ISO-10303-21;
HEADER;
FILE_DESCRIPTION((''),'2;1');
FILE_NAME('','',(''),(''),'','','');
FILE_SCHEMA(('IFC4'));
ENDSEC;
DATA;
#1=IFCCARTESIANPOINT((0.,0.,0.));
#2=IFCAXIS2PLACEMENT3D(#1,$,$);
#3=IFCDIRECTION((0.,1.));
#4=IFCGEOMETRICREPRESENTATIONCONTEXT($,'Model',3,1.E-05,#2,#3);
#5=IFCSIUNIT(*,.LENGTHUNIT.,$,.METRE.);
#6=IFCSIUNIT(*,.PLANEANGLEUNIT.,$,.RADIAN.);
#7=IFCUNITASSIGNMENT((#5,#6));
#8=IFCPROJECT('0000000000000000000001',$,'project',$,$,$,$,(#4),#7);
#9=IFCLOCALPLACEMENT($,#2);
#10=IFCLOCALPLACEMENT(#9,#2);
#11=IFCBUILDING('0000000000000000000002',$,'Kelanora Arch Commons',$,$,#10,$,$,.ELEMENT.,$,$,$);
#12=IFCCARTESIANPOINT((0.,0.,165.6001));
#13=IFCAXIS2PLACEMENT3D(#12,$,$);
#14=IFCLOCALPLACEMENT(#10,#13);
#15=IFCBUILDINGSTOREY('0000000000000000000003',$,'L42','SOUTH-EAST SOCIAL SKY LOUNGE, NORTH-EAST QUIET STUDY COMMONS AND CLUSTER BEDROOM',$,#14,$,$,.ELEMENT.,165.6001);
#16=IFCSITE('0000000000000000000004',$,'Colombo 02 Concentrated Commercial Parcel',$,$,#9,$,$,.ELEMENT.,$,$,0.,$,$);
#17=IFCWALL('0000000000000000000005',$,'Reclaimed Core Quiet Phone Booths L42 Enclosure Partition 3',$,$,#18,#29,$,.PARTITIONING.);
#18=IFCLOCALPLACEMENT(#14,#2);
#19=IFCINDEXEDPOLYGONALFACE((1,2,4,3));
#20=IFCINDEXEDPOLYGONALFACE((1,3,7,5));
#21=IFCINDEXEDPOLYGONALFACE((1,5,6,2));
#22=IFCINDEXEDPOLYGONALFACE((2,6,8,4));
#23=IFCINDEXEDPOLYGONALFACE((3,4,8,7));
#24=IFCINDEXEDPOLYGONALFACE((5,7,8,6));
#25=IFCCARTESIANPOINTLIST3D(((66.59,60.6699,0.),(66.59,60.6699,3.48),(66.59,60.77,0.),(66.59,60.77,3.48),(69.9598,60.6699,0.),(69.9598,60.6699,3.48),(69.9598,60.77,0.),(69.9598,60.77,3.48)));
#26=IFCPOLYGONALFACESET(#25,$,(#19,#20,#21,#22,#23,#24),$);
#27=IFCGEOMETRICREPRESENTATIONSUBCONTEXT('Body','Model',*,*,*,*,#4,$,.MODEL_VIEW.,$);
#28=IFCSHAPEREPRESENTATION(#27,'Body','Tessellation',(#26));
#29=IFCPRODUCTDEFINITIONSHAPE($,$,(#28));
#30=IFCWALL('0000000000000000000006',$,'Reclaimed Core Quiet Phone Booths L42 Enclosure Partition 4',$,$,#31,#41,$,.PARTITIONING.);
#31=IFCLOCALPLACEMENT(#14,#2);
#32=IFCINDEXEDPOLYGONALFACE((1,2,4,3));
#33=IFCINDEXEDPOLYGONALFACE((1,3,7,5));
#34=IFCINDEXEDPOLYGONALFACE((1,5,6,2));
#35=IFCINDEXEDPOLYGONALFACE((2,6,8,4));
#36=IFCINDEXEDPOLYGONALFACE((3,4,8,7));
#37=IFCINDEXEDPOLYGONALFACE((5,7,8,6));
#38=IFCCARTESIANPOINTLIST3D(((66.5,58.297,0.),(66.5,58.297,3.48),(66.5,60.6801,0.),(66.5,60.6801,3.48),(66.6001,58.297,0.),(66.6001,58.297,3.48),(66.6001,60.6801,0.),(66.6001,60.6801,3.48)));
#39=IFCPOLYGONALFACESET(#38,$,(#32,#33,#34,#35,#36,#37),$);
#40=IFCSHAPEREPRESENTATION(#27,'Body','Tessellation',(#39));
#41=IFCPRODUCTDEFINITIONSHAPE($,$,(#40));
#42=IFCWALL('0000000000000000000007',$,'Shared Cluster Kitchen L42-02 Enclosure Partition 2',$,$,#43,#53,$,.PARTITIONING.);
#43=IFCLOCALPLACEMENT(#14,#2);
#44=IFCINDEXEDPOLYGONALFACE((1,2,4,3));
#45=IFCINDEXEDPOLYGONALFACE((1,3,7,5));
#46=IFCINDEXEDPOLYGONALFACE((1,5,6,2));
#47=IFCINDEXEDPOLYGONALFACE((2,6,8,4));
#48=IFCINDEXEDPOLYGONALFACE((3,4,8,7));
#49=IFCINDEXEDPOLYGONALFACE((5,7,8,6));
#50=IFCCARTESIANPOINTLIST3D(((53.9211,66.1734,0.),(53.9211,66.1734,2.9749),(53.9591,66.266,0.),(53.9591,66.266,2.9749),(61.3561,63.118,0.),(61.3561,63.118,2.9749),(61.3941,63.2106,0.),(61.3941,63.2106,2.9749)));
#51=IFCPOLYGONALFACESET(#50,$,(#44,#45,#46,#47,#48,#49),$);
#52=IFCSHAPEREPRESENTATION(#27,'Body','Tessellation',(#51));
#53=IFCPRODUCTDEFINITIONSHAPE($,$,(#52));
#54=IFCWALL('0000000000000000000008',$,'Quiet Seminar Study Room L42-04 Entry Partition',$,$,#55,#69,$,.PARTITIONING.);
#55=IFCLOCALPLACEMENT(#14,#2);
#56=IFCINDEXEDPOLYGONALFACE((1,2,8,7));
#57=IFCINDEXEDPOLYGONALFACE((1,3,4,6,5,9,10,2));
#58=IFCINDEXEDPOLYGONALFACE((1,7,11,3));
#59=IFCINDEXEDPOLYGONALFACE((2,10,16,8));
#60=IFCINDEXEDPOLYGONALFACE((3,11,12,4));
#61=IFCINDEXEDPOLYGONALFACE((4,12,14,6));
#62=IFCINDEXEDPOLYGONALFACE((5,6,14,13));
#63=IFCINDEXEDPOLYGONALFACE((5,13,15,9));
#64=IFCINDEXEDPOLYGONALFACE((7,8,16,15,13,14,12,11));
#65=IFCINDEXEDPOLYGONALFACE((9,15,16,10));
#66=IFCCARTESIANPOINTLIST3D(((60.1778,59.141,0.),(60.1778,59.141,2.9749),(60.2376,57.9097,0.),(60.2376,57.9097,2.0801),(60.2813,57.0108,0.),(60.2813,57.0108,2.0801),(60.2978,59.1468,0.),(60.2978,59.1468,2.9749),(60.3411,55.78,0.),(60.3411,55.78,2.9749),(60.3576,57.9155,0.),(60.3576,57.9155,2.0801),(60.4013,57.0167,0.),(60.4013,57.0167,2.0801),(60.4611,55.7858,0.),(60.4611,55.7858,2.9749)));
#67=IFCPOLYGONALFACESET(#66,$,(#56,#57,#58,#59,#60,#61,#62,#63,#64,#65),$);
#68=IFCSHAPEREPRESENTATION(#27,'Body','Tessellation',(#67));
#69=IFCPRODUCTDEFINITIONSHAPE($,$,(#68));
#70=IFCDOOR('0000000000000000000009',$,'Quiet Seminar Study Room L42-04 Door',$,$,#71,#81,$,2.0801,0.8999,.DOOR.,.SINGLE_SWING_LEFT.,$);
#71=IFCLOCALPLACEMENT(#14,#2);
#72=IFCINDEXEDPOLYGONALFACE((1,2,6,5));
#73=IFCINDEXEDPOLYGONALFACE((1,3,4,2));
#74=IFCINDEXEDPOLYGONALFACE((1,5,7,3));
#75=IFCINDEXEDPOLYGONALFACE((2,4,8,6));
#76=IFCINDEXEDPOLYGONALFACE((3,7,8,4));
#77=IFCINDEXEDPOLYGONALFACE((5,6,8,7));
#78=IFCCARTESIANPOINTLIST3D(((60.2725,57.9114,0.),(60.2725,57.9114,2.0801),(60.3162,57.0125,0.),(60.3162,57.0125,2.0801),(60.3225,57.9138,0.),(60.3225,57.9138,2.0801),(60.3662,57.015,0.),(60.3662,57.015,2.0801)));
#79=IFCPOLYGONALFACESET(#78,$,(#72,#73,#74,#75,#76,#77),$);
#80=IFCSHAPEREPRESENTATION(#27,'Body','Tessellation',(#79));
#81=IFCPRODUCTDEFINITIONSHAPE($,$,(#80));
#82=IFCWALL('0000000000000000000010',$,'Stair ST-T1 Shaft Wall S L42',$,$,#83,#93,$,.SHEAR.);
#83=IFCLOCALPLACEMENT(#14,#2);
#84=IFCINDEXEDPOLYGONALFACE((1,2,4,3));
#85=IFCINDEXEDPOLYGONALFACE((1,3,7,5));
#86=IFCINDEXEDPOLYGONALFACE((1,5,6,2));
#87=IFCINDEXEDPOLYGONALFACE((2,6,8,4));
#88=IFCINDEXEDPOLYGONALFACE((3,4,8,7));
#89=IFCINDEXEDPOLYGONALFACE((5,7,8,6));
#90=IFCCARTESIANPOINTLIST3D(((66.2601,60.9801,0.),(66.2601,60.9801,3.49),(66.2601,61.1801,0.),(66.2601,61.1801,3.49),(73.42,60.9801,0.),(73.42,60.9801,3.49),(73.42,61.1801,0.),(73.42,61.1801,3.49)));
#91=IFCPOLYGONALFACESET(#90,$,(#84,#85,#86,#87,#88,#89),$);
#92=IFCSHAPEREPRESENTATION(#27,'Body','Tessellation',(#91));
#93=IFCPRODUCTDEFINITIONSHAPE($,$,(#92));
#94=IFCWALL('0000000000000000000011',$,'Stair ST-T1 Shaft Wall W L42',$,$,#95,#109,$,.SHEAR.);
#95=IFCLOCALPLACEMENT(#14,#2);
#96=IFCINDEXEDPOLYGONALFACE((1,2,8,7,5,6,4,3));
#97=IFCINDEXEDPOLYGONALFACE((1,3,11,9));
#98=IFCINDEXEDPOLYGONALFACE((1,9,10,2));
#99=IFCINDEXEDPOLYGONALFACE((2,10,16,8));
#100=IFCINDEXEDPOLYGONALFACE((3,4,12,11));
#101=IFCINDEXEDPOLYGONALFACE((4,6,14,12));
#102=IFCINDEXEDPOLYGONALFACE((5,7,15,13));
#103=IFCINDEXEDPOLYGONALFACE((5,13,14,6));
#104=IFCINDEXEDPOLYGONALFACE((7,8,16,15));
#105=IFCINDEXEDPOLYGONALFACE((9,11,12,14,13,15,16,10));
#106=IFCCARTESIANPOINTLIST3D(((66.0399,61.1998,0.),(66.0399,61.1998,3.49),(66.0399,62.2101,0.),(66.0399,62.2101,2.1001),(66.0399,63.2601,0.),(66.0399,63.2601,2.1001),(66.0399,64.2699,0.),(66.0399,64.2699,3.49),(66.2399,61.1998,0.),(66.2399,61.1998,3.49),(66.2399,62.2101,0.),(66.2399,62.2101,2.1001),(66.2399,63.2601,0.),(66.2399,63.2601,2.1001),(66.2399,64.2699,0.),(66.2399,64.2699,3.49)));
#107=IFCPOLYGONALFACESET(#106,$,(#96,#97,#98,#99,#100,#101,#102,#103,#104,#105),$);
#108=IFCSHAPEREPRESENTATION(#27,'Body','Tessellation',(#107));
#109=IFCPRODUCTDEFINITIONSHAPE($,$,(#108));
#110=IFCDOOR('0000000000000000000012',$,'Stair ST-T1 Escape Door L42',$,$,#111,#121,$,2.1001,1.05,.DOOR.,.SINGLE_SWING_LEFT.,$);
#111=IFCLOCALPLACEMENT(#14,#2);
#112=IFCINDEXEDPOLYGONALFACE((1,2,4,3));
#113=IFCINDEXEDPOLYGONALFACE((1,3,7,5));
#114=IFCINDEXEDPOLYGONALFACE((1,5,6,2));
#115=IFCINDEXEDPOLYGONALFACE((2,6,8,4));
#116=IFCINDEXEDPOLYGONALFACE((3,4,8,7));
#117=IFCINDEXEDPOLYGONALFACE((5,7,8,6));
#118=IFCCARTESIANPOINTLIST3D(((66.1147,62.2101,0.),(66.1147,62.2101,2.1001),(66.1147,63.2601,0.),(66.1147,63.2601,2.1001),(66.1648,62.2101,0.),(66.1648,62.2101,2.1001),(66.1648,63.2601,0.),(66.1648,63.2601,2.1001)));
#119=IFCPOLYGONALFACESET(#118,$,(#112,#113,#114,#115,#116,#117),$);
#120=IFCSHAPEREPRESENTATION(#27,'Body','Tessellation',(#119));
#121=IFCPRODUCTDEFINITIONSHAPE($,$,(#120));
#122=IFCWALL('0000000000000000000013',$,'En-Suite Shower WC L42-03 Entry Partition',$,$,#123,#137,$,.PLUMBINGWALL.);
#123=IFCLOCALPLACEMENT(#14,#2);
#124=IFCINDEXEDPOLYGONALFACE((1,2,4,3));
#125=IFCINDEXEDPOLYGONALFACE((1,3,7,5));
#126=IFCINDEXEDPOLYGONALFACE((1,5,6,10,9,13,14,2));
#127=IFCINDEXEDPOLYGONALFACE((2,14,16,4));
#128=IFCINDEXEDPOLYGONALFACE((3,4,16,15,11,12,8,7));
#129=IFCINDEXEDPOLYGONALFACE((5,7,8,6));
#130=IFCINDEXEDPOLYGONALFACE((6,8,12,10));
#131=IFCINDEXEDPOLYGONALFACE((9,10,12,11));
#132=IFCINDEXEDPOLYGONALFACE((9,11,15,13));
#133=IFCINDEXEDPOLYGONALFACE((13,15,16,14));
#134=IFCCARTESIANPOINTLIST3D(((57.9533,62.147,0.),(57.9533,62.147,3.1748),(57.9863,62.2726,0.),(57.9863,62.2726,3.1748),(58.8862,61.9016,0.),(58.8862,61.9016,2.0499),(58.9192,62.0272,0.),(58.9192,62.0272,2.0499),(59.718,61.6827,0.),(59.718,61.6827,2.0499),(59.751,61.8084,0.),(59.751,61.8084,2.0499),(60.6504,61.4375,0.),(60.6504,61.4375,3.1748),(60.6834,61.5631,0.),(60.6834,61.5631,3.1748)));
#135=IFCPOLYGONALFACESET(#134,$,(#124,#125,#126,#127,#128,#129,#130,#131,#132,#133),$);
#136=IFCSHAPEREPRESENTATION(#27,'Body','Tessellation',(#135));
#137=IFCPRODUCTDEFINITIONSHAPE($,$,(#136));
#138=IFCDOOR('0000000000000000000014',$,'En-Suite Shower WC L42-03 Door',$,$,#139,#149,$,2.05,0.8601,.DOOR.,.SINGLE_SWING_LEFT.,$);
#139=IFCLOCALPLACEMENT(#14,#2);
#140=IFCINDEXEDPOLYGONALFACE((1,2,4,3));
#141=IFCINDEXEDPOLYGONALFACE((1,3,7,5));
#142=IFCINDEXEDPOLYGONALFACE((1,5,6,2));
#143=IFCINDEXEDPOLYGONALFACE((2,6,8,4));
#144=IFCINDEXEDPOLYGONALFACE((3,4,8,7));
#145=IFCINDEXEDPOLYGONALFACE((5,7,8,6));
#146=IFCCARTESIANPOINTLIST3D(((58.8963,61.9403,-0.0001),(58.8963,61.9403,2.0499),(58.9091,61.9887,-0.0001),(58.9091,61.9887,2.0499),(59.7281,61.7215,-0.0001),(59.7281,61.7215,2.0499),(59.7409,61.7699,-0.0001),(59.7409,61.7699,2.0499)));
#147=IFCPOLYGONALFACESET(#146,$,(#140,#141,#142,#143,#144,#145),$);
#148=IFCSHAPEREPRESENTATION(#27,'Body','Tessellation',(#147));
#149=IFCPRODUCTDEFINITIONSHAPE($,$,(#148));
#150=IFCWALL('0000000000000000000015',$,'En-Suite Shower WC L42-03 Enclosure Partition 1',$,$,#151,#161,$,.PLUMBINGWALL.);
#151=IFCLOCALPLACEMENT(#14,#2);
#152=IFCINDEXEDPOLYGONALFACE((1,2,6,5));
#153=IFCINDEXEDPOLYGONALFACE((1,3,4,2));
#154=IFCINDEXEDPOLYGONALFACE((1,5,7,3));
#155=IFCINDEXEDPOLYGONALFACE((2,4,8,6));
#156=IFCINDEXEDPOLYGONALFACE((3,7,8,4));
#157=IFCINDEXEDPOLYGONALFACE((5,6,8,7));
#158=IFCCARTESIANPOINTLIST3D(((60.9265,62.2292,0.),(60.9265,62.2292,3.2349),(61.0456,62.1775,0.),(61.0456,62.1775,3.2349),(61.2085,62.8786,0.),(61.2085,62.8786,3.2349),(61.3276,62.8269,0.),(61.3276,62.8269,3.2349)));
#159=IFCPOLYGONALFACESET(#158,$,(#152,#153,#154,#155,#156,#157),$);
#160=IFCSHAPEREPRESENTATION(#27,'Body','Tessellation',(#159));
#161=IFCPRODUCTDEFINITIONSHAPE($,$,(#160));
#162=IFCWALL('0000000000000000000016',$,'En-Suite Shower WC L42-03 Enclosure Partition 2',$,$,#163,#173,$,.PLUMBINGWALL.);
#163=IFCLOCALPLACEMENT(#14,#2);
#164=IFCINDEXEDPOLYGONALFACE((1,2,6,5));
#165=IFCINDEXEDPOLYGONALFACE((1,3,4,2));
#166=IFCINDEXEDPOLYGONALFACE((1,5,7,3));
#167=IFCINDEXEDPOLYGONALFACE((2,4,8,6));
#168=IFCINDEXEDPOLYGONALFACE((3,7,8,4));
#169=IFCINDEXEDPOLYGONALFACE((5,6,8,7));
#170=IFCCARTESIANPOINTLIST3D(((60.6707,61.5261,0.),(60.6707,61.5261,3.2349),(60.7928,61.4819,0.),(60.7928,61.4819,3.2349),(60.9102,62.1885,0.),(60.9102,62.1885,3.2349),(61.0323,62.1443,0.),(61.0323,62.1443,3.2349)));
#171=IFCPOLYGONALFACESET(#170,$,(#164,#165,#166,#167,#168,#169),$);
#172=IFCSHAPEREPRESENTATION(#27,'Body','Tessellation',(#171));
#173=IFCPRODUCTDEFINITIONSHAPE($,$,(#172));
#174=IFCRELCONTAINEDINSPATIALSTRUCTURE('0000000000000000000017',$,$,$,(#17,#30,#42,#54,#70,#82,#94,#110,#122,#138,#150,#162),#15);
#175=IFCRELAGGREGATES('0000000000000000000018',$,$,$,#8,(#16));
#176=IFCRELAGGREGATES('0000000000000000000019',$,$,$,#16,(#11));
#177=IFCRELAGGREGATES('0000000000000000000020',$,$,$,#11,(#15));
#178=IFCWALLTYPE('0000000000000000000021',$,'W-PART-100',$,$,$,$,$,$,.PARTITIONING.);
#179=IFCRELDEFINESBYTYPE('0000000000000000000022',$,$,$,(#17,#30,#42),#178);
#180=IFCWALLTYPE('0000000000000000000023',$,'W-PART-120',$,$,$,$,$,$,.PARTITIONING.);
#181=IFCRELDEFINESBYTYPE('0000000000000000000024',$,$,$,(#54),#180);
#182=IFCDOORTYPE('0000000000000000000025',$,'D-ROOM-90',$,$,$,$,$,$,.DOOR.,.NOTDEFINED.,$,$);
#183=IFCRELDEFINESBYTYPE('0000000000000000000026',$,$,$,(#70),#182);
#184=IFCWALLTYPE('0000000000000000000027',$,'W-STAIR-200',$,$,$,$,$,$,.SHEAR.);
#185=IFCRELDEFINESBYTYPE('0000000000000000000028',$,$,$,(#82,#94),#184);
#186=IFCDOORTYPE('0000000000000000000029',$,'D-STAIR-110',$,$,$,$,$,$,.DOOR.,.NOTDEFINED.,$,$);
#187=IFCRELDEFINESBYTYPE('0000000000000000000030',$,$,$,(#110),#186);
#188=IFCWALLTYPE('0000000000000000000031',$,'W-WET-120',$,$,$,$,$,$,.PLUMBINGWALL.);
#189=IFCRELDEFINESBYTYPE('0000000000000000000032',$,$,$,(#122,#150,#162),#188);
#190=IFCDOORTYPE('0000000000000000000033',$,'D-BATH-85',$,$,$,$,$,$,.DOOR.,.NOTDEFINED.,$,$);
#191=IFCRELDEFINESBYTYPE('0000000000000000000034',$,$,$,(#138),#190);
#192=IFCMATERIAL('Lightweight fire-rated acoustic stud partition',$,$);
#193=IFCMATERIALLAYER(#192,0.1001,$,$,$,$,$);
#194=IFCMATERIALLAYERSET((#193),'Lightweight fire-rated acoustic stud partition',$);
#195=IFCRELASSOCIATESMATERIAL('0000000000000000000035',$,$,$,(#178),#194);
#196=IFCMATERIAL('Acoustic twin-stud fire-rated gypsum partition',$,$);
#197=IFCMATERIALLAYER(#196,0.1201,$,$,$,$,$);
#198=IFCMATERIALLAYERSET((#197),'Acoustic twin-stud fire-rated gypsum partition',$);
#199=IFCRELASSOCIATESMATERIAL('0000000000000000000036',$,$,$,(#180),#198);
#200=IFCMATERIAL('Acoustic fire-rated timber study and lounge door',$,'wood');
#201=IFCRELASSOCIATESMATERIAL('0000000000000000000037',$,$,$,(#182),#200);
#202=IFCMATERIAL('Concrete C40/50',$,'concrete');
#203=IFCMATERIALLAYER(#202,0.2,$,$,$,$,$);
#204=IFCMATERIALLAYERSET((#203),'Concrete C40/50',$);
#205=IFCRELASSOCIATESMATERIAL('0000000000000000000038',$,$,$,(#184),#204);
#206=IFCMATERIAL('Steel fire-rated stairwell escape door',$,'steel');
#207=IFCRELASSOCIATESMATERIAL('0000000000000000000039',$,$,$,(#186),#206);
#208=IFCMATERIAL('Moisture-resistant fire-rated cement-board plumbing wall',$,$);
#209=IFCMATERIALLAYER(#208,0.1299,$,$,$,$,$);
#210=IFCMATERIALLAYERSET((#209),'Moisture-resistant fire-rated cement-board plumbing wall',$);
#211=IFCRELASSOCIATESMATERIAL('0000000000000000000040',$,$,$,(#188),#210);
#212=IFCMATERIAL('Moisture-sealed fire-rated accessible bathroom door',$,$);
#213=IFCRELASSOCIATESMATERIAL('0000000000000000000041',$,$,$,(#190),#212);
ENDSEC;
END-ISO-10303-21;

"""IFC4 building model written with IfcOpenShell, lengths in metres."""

from ifc_helpers import new_model, si_unit, direction, frame, frame_2d, origin, place, context, subcontext, project, spatial, rectangle, extrude, material, layer, layer_set, type_object, element, fill, save


model = new_model("IFC4")

# Units and contexts
model_context = context("Model", 3, precision=1e-05, world=origin(), true_north=direction((0.0, 1.0)))
body_context = subcontext(model_context, "Body", "Model", "MODEL_VIEW")
ifc_project = project(units=[si_unit("LENGTHUNIT", "METRE"), si_unit("PLANEANGLEUNIT", "RADIAN")], contexts=[model_context])

# Site, building, storey
site_placement = place(None, origin())
site = spatial("IfcSite", under=ifc_project, at=site_placement, Name="Colombo 02 Concentrated Commercial Parcel", CompositionType="ELEMENT", RefElevation=0.0)
building_placement = place(site_placement, origin())
building = spatial("IfcBuilding", under=site, at=building_placement, Name="Kelanora Arch Commons", CompositionType="ELEMENT")
storey_placement = place(building_placement, frame((0.0, 0.0, 165.6001)))
storey = spatial("IfcBuildingStorey", under=building, at=storey_placement, Name="L42", Description="SOUTH-EAST SOCIAL SKY LOUNGE, NORTH-EAST QUIET STUDY COMMONS AND CLUSTER BEDROOM", CompositionType="ELEMENT", Elevation=165.6001)

# Walls
ifc_material_1 = material(Name="Lightweight fire-rated acoustic stud partition")
ifc_layer_1 = layer(ifc_material_1, 0.1001)
ifc_layer_set_1 = layer_set([ifc_layer_1], Name="Lightweight fire-rated acoustic stud partition")
wall_type_1 = type_object("IfcWallType", Name="W-PART-100", PredefinedType="PARTITIONING", material=ifc_layer_set_1)
wall_1_placement = place(storey_placement, frame((69.96, 60.72, 0.0), z_axis=(0.0, 0.0, 1.0), x_axis=(-1.0, 0.0, 0.0)))
element("IfcWall", 1, at=wall_1_placement, inside=storey, type_object=wall_type_1, Name="Reclaimed Core Quiet Phone Booths L42 Enclosure Partition 3", PredefinedType="PARTITIONING", context=body_context, shape_type="SweptSolid", body=[
    extrude(rectangle(XDim=3.3699, YDim=0.1001, at=frame_2d((1.6851, 0.0))), origin(), (0.0, 0.0, 1.0), 3.48),
])
wall_2_placement = place(storey_placement, frame((66.55, 60.6799, 0.0), z_axis=(0.0, 0.0, 1.0), x_axis=(0.0, -1.0, 0.0)))
element("IfcWall", 2, at=wall_2_placement, inside=storey, type_object=wall_type_1, Name="Reclaimed Core Quiet Phone Booths L42 Enclosure Partition 4", PredefinedType="PARTITIONING", context=body_context, shape_type="SweptSolid", body=[
    extrude(rectangle(XDim=2.3831, YDim=0.1001, at=frame_2d((1.1914, 0.0))), origin(), (0.0, 0.0, 1.0), 3.48),
])
wall_3_placement = place(storey_placement, frame((61.375, 63.1643, 0.0), z_axis=(0.0, 0.0, 1.0), x_axis=(-0.924944, 0.380104, 0.0)))
element("IfcWall", 3, at=wall_3_placement, inside=storey, type_object=wall_type_1, Name="Shared Cluster Kitchen L42-02 Enclosure Partition 2", PredefinedType="PARTITIONING", context=body_context, shape_type="SweptSolid", body=[
    extrude(rectangle(XDim=8.0383, YDim=0.1001, at=frame_2d((4.019, 0.0))), origin(), (0.0, 0.0, 1.0), 2.9749),
])

# Wall, opening, door
ifc_material_2 = material(Name="Acoustic twin-stud fire-rated gypsum partition")
ifc_layer_2 = layer(ifc_material_2, 0.1201)
ifc_layer_set_2 = layer_set([ifc_layer_2], Name="Acoustic twin-stud fire-rated gypsum partition")
wall_type_2 = type_object("IfcWallType", Name="W-PART-120", PredefinedType="PARTITIONING", material=ifc_layer_set_2)
wall_4_placement = place(storey_placement, frame((60.2378, 59.144, 0.0), z_axis=(0.0, 0.0, 1.0), x_axis=(0.048537, -0.998821, 0.0)))
wall_4 = element("IfcWall", 4, at=wall_4_placement, inside=storey, type_object=wall_type_2, Name="Quiet Seminar Study Room L42-04 Entry Partition", PredefinedType="PARTITIONING", context=body_context, shape_type="SweptSolid", body=[
    extrude(rectangle(XDim=3.365, YDim=0.1201, at=frame_2d((1.6826, 0.0))), origin(), (0.0, 0.0, 1.0), 2.9749),
])
opening_1_placement = place(wall_4_placement, frame((1.2329, 0.0, 0.0)))
opening_1 = element("IfcOpeningElement", 5, at=opening_1_placement, cuts=wall_4, PredefinedType="OPENING", context=body_context, shape_type="SweptSolid", body=[
    extrude(rectangle(XDim=0.8999, YDim=2.0801, at=frame_2d((0.45, 1.04))), frame((0.0, 0.0701, 0.0), z_axis=(0.0, -1.0, 0.0), x_axis=(1.0, 0.0, 0.0)), (0.0, 0.0, 1.0), 0.1401),
])
ifc_material_3 = material(Name="Acoustic fire-rated timber study and lounge door", Category="wood")
door_type_1 = type_object("IfcDoorType", Name="D-ROOM-90", OperationType="NOTDEFINED", PredefinedType="DOOR", material=ifc_material_3)
door_1_placement = place(opening_1_placement, origin())
door_1 = element("IfcDoor", 6, at=door_1_placement, inside=storey, type_object=door_type_1, Name="Quiet Seminar Study Room L42-04 Door", OperationType="SINGLE_SWING_LEFT", OverallHeight=2.0801, OverallWidth=0.8999, PredefinedType="DOOR", context=body_context, shape_type="SweptSolid", body=[
    extrude(rectangle(XDim=0.8999, YDim=2.0801, at=frame_2d((0.45, 1.04))), frame((0.0, 0.0249, 0.0), z_axis=(0.0, -1.0, 0.0), x_axis=(1.0, 0.0, 0.0)), (0.0, 0.0, 1.0), 0.05),
])
fill(opening_1, door_1)

# Wall
ifc_material_4 = material(Name="Concrete C40/50", Category="concrete")
ifc_layer_3 = layer(ifc_material_4, 0.2)
ifc_layer_set_3 = layer_set([ifc_layer_3], Name="Concrete C40/50")
wall_type_3 = type_object("IfcWallType", Name="W-STAIR-200", PredefinedType="SHEAR", material=ifc_layer_set_3)
wall_5_placement = place(storey_placement, frame((66.26, 61.0801, 0.0), z_axis=(0.0, 0.0, 1.0), x_axis=(1.0, 0.0, 0.0)))
element("IfcWall", 7, at=wall_5_placement, inside=storey, type_object=wall_type_3, Name="Stair ST-T1 Shaft Wall S L42", PredefinedType="SHEAR", context=body_context, shape_type="SweptSolid", body=[
    extrude(rectangle(XDim=7.1599, YDim=0.2, at=frame_2d((3.5801, 0.0))), origin(), (0.0, 0.0, 1.0), 3.49),
])

# Walls, openings, doors
wall_6_placement = place(storey_placement, frame((66.1399, 64.27, 0.0), z_axis=(0.0, 0.0, 1.0), x_axis=(0.0, -1.0, 0.0)))
wall_6 = element("IfcWall", 8, at=wall_6_placement, inside=storey, type_object=wall_type_3, Name="Stair ST-T1 Shaft Wall W L42", PredefinedType="SHEAR", context=body_context, shape_type="SweptSolid", body=[
    extrude(rectangle(XDim=3.0701, YDim=0.2, at=frame_2d((1.5352, 0.0))), origin(), (0.0, 0.0, 1.0), 3.49),
])
opening_2_placement = place(wall_6_placement, frame((1.01, 0.0, 0.0)))
opening_2 = element("IfcOpeningElement", 9, at=opening_2_placement, cuts=wall_6, PredefinedType="OPENING", context=body_context, shape_type="SweptSolid", body=[
    extrude(rectangle(XDim=1.05, YDim=2.1001, at=frame_2d((0.5249, 1.05))), frame((0.0, 0.1099, 0.0), z_axis=(0.0, -1.0, 0.0), x_axis=(1.0, 0.0, 0.0)), (0.0, 0.0, 1.0), 0.22),
])
ifc_material_5 = material(Name="Steel fire-rated stairwell escape door", Category="steel")
door_type_2 = type_object("IfcDoorType", Name="D-STAIR-110", OperationType="NOTDEFINED", PredefinedType="DOOR", material=ifc_material_5)
door_2_placement = place(opening_2_placement, origin())
door_2 = element("IfcDoor", 10, at=door_2_placement, inside=storey, type_object=door_type_2, Name="Stair ST-T1 Escape Door L42", OperationType="SINGLE_SWING_LEFT", OverallHeight=2.1001, OverallWidth=1.05, PredefinedType="DOOR", context=body_context, shape_type="SweptSolid", body=[
    extrude(rectangle(XDim=1.05, YDim=2.1001, at=frame_2d((0.5249, 1.05))), frame((0.0, 0.0249, 0.0), z_axis=(0.0, -1.0, 0.0), x_axis=(1.0, 0.0, 0.0)), (0.0, 0.0, 1.0), 0.05),
])
fill(opening_2, door_2)
ifc_material_6 = material(Name="Moisture-resistant fire-rated cement-board plumbing wall")
ifc_layer_4 = layer(ifc_material_6, 0.1299)
ifc_layer_set_4 = layer_set([ifc_layer_4], Name="Moisture-resistant fire-rated cement-board plumbing wall")
wall_type_4 = type_object("IfcWallType", Name="W-WET-120", PredefinedType="PLUMBINGWALL", material=ifc_layer_set_4)
wall_7_placement = place(storey_placement, frame((60.667, 61.5002, 0.0), z_axis=(0.0, 0.0, 1.0), x_axis=(-0.967098, 0.254403, 0.0)))
wall_7 = element("IfcWall", 11, at=wall_7_placement, inside=storey, type_object=wall_type_4, Name="En-Suite Shower WC L42-03 Entry Partition", PredefinedType="PLUMBINGWALL", context=body_context, shape_type="SweptSolid", body=[
    extrude(rectangle(XDim=2.7888, YDim=0.1299, at=frame_2d((1.3945, 0.0))), origin(), (0.0, 0.0, 1.0), 3.1748),
])
opening_3_placement = place(wall_7_placement, frame((0.9641, 0.0, 0.0)))
opening_3 = element("IfcOpeningElement", 12, at=opening_3_placement, cuts=wall_7, PredefinedType="OPENING", context=body_context, shape_type="SweptSolid", body=[
    extrude(rectangle(XDim=0.8601, YDim=2.05, at=frame_2d((0.4302, 1.0249))), frame((0.0, 0.075, 0.0), z_axis=(0.0, -1.0, 0.0), x_axis=(1.0, 0.0, 0.0)), (0.0, 0.0, 1.0), 0.1499),
])
ifc_material_7 = material(Name="Moisture-sealed fire-rated accessible bathroom door")
door_type_3 = type_object("IfcDoorType", Name="D-BATH-85", OperationType="NOTDEFINED", PredefinedType="DOOR", material=ifc_material_7)
door_3_placement = place(opening_3_placement, origin())
door_3 = element("IfcDoor", 13, at=door_3_placement, inside=storey, type_object=door_type_3, Name="En-Suite Shower WC L42-03 Door", OperationType="SINGLE_SWING_LEFT", OverallHeight=2.05, OverallWidth=0.8601, PredefinedType="DOOR", context=body_context, shape_type="SweptSolid", body=[
    extrude(rectangle(XDim=0.8601, YDim=2.05, at=frame_2d((0.4302, 1.0249))), frame((0.0, 0.0249, 0.0), z_axis=(0.0, -1.0, 0.0), x_axis=(1.0, 0.0, 0.0)), (0.0, 0.0, 1.0), 0.05),
])
fill(opening_3, door_3)

# Walls
wall_8_placement = place(storey_placement, frame((61.2681, 62.8528, 0.0), z_axis=(0.0, 0.0, 1.0), x_axis=(-0.398285, -0.917262, 0.0)))
element("IfcWall", 14, at=wall_8_placement, inside=storey, type_object=wall_type_4, Name="En-Suite Shower WC L42-03 Enclosure Partition 1", PredefinedType="PLUMBINGWALL", context=body_context, shape_type="SweptSolid", body=[
    extrude(rectangle(XDim=0.708, YDim=0.1299, at=frame_2d((0.354, 0.0))), origin(), (0.0, 0.0, 1.0), 3.2349),
])
wall_9_placement = place(storey_placement, frame((60.9712, 62.1663, 0.0), z_axis=(0.0, 0.0, 1.0), x_axis=(-0.340045, -0.940409, 0.0)))
element("IfcWall", 15, at=wall_9_placement, inside=storey, type_object=wall_type_4, Name="En-Suite Shower WC L42-03 Enclosure Partition 2", PredefinedType="PLUMBINGWALL", context=body_context, shape_type="SweptSolid", body=[
    extrude(rectangle(XDim=0.7043, YDim=0.1299, at=frame_2d((0.3521, 0.0))), origin(), (0.0, 0.0, 1.0), 3.2349),
])

save(model, "model.ifc")
